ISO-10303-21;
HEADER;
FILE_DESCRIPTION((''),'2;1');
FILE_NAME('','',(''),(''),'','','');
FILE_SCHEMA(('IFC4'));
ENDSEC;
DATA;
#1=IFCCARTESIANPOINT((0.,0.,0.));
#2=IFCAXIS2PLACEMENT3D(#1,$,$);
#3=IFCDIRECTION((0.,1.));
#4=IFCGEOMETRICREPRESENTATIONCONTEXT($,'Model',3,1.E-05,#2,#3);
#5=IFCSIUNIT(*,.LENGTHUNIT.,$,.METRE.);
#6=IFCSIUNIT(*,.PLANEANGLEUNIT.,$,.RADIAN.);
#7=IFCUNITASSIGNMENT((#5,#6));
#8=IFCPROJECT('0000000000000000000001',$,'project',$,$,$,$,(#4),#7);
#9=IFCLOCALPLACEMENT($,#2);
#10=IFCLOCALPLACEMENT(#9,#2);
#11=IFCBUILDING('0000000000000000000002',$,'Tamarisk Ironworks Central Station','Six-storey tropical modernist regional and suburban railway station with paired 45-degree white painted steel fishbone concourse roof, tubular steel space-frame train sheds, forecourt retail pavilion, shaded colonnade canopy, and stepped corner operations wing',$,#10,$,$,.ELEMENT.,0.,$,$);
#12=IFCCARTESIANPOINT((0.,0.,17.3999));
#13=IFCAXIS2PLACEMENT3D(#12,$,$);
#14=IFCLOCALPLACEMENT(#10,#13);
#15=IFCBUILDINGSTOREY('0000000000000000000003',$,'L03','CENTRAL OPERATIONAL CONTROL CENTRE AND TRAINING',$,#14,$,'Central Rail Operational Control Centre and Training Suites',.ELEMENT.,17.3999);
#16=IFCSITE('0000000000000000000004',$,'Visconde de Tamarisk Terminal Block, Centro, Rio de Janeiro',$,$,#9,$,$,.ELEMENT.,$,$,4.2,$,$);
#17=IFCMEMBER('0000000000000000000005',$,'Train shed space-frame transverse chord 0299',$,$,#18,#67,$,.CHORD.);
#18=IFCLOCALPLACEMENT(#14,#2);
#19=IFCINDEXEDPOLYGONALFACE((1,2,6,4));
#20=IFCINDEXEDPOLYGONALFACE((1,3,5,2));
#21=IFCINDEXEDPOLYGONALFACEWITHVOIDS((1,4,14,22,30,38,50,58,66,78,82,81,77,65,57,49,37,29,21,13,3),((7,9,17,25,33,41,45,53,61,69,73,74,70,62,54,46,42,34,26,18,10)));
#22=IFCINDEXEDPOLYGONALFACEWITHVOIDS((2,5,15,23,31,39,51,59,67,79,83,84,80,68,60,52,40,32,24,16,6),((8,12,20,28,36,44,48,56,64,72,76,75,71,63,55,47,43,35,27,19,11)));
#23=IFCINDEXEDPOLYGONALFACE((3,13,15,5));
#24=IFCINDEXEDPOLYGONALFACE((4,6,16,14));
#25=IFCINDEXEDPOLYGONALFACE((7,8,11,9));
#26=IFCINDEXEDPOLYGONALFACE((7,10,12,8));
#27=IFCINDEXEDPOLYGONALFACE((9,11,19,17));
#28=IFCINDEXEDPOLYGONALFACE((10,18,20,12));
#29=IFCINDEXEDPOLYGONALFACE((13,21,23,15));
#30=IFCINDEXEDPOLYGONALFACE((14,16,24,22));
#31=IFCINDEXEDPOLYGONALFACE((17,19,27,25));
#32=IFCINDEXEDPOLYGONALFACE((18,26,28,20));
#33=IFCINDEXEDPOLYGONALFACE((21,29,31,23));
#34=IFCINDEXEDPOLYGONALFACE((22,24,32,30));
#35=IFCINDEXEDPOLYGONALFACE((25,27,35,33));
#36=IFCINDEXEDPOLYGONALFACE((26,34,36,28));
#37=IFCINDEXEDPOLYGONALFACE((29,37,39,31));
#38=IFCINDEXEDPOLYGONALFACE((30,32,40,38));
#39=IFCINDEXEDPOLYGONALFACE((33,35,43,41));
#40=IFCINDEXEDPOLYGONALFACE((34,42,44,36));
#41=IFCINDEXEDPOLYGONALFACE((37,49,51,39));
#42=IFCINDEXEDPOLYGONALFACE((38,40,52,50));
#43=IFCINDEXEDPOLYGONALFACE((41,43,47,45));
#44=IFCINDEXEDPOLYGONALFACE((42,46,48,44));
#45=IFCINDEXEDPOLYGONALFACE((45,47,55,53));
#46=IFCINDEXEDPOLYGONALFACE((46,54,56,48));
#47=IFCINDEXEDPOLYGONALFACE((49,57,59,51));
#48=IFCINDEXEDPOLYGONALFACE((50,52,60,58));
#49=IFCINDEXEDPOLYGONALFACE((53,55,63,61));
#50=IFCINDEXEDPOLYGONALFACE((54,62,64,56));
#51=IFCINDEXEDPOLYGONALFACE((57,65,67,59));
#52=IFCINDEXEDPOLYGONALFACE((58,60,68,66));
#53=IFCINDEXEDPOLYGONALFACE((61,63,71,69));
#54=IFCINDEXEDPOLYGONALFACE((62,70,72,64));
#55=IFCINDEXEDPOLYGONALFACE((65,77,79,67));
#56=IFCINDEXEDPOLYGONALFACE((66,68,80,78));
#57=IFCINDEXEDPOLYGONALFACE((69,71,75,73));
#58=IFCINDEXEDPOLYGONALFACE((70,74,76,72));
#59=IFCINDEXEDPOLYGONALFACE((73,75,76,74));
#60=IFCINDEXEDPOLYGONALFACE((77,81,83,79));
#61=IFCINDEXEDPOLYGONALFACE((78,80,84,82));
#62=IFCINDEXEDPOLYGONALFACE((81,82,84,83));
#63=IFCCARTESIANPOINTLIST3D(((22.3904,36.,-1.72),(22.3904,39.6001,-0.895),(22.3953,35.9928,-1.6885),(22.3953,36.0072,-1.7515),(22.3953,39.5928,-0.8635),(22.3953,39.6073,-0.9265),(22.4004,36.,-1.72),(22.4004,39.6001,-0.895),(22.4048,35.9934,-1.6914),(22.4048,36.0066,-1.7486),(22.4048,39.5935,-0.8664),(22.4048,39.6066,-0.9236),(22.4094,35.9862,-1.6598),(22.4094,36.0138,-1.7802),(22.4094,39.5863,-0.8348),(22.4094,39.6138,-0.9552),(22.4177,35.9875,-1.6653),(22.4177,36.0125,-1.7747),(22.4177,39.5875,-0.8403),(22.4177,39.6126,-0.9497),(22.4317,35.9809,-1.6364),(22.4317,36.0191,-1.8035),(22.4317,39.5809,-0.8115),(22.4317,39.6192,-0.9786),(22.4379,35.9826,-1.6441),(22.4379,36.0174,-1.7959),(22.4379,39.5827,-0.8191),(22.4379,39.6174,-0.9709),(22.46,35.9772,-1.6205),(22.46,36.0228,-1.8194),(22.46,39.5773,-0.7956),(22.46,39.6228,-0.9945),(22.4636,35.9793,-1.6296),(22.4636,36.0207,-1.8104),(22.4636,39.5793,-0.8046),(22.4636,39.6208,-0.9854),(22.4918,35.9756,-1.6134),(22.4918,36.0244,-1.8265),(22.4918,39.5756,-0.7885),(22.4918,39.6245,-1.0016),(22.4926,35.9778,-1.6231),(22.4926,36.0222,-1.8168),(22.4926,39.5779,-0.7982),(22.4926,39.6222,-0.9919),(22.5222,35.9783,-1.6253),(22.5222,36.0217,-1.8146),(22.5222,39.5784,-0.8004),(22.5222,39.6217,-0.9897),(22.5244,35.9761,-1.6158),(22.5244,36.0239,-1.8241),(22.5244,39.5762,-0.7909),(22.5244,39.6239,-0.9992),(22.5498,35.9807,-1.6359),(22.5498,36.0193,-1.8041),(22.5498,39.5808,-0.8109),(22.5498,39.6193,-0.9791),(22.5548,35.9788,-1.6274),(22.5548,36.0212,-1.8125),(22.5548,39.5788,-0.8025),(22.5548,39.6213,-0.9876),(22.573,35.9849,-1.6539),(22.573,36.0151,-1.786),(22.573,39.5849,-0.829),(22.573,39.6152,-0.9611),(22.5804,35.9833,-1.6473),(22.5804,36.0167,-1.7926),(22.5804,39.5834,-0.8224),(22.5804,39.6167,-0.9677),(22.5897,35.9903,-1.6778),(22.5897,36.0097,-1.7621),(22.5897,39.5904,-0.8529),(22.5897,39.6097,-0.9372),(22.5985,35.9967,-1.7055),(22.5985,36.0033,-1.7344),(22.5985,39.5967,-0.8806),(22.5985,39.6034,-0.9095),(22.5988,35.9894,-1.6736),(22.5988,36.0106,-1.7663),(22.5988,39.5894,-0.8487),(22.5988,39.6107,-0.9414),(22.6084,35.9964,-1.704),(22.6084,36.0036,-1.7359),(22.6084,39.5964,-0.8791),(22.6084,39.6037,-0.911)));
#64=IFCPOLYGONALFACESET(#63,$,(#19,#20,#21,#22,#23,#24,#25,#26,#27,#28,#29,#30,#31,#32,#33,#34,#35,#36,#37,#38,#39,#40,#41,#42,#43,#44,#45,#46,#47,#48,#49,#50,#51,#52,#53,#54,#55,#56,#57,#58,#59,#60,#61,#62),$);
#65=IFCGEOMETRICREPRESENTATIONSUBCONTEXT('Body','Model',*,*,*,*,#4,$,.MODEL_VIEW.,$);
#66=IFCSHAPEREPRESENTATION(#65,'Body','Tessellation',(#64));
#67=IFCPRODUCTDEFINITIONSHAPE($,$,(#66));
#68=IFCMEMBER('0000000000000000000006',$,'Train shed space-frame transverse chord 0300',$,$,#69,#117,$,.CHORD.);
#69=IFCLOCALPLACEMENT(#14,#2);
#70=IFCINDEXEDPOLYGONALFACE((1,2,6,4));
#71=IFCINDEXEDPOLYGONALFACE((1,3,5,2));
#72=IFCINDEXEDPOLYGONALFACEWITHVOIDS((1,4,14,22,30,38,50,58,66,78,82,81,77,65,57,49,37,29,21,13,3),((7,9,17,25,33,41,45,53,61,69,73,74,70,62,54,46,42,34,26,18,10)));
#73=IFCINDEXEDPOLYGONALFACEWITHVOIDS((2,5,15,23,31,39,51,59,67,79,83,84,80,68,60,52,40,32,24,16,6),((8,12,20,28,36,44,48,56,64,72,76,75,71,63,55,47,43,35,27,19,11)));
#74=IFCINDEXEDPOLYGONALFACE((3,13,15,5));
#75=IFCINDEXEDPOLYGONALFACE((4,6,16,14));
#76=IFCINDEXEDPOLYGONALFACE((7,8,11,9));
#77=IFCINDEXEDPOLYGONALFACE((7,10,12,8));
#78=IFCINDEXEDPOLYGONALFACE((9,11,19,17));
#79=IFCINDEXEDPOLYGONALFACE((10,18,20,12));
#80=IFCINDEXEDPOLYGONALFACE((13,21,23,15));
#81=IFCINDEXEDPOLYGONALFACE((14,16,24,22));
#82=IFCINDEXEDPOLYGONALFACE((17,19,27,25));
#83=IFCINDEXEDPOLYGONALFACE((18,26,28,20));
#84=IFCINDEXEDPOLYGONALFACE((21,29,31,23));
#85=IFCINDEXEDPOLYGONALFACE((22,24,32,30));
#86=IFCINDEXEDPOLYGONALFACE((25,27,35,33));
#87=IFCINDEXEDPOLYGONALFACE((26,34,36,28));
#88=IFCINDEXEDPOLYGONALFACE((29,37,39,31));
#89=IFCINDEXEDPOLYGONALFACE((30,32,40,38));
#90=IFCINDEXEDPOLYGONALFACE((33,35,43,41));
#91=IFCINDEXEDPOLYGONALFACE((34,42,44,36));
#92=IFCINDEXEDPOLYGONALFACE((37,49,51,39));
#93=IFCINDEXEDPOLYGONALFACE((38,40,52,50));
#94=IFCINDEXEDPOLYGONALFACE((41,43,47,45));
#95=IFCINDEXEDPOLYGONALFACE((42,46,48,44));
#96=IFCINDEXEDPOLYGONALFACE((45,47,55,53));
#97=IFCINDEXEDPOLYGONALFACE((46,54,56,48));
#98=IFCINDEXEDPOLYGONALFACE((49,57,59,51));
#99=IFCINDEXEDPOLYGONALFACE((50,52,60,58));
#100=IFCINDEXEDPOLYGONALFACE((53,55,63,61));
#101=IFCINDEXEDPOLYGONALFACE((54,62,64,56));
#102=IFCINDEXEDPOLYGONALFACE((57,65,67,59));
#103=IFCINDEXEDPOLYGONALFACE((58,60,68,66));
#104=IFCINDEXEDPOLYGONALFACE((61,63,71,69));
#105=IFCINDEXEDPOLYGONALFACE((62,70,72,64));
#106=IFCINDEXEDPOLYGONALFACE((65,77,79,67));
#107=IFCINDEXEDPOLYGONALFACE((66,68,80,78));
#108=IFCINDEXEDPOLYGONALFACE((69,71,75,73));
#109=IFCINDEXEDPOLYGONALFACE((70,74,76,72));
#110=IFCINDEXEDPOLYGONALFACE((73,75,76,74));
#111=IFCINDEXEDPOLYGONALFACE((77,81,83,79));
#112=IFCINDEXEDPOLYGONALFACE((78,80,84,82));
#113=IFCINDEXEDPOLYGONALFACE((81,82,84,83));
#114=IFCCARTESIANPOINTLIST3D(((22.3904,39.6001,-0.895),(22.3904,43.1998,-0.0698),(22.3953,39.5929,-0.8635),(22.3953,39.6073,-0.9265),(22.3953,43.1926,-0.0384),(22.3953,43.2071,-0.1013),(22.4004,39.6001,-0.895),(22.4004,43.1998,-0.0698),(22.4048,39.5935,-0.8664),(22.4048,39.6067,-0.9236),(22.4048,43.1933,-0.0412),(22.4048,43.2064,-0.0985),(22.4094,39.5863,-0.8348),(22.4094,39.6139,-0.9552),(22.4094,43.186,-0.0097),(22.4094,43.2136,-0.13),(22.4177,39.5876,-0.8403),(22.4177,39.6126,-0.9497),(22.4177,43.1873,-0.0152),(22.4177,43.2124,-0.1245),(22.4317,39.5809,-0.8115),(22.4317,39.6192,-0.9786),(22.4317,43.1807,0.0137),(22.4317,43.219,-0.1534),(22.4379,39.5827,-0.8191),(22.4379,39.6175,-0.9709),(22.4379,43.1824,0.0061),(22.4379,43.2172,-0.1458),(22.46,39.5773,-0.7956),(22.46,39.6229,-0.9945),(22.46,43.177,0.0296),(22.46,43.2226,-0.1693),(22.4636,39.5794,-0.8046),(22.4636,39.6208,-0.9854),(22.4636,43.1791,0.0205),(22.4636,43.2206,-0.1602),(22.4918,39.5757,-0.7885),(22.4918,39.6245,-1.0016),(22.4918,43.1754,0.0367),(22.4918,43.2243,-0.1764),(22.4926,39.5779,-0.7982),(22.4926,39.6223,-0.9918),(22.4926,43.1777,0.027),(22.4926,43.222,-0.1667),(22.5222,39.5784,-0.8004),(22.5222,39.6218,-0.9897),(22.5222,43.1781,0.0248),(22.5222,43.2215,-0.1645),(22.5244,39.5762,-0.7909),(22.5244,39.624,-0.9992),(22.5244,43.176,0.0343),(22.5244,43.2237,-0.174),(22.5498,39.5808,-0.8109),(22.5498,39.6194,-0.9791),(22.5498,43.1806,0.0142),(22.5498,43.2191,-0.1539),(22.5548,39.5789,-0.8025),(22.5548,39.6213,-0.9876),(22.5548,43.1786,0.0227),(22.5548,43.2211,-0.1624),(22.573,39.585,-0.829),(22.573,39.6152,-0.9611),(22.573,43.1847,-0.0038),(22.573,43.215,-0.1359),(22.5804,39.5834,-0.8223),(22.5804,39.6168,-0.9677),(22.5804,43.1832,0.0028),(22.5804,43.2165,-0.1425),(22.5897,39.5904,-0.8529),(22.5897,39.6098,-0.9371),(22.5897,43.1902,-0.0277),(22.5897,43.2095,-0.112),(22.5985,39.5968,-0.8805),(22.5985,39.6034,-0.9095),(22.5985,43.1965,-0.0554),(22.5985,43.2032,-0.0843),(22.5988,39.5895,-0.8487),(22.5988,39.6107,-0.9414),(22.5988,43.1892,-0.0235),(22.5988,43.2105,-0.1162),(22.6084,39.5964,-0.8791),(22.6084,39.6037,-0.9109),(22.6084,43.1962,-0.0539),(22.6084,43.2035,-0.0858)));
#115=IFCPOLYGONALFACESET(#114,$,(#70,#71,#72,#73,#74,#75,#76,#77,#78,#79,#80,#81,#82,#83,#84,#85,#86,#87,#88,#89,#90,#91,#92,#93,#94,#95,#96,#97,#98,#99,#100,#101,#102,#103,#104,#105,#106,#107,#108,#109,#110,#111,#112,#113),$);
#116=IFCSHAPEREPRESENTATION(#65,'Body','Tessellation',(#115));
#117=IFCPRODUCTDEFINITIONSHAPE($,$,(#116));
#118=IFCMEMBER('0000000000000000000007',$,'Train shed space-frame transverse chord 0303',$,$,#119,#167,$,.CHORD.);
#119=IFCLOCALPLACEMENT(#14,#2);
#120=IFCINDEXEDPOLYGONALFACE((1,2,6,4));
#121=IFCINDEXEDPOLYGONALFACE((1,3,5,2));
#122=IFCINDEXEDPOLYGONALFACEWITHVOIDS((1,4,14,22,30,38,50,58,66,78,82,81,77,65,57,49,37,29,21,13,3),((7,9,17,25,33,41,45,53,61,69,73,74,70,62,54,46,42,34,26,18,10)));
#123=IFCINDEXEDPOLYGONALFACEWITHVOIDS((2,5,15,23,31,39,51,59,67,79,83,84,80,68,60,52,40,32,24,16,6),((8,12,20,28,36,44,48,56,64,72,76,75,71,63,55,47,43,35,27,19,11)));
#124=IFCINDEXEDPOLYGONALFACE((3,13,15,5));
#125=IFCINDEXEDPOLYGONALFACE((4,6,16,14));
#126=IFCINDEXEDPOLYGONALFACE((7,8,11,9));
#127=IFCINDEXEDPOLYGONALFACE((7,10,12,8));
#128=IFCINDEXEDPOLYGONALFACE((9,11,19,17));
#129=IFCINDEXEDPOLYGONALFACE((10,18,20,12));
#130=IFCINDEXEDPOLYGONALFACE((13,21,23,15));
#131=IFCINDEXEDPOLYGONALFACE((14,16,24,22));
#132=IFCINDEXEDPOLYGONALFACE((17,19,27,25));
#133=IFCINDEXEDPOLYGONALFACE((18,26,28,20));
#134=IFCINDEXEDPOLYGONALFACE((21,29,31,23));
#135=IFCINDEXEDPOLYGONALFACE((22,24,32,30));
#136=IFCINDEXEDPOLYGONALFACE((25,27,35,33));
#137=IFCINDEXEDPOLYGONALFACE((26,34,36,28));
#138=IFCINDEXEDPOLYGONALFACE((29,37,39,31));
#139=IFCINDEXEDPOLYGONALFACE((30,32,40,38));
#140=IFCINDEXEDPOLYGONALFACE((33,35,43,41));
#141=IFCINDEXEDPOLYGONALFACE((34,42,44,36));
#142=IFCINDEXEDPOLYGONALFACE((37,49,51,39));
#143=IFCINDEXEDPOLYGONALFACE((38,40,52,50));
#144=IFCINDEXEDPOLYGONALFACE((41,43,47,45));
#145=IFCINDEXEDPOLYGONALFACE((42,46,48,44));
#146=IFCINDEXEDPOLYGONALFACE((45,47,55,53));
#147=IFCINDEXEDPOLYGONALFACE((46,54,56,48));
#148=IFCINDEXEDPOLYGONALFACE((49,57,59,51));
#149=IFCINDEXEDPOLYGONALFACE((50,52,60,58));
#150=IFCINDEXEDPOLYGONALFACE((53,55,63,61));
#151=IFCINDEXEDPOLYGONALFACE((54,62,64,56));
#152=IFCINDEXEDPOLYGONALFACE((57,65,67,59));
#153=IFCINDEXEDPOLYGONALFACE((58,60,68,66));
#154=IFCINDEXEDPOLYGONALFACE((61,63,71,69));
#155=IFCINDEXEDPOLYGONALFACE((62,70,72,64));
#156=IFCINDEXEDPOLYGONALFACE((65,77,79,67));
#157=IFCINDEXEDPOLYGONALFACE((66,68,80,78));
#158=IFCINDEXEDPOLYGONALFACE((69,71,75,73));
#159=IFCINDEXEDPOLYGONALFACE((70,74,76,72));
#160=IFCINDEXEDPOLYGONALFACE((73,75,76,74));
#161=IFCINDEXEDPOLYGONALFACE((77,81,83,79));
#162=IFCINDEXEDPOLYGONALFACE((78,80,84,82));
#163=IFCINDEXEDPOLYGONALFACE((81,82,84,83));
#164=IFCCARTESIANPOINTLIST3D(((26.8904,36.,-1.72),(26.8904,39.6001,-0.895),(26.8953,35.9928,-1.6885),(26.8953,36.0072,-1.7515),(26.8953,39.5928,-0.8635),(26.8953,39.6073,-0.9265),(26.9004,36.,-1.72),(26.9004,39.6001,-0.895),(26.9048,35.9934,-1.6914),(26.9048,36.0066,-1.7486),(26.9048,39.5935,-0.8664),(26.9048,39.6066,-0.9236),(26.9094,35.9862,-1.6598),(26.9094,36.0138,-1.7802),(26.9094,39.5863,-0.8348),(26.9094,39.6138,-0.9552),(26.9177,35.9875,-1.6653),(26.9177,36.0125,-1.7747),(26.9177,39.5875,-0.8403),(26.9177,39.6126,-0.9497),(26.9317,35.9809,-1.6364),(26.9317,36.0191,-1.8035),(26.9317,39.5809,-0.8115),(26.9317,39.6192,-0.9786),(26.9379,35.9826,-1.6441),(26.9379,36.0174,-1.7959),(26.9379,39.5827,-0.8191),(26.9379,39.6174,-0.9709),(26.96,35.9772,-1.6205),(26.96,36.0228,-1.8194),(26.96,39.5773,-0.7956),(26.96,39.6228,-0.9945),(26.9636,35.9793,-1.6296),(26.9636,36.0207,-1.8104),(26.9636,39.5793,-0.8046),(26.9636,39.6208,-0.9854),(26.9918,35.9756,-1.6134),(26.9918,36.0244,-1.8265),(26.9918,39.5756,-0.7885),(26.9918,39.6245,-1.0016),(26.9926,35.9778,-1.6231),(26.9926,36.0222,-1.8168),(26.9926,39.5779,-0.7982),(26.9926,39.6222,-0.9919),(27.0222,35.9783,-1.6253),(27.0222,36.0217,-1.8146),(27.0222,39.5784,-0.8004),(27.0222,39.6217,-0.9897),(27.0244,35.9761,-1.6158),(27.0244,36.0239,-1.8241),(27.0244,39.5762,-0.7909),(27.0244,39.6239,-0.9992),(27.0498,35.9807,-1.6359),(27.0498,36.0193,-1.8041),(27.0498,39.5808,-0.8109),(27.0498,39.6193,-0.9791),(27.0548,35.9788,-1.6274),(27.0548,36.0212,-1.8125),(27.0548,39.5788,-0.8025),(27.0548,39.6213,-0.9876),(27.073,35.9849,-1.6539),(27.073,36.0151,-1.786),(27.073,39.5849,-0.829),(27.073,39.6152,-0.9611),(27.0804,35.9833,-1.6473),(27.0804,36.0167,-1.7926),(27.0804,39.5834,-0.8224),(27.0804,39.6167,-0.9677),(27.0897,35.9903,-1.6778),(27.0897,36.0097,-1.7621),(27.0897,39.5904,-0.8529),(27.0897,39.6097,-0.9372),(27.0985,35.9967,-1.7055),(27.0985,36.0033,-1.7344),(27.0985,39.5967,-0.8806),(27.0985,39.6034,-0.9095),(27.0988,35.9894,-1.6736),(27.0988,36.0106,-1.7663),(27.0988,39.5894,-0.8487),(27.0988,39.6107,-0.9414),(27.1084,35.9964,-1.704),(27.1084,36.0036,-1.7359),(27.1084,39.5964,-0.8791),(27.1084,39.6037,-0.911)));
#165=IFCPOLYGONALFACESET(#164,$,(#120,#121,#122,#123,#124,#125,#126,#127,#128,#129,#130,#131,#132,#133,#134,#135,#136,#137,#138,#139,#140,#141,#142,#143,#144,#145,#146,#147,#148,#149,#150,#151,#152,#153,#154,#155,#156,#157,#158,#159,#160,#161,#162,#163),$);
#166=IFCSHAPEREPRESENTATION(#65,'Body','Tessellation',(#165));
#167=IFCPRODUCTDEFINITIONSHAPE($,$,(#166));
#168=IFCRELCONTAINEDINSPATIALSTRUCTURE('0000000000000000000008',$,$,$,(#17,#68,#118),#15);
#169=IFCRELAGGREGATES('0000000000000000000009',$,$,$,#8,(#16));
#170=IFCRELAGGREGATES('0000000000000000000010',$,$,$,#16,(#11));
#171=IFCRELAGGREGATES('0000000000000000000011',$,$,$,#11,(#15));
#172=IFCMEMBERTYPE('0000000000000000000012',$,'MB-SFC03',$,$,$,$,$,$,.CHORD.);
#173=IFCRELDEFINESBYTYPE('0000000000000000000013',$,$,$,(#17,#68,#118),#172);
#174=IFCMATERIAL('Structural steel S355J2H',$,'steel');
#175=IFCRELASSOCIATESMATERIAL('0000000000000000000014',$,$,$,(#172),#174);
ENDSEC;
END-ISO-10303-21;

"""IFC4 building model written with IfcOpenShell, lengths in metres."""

from ifc_helpers import new_model, si_unit, direction, frame, origin, origin_2d, place, context, subcontext, project, spatial, hollow_circle, extrude, material, material_profile, profile_set, type_object, element, save


model = new_model("IFC4")

# Units and contexts
model_context = context("Model", 3, precision=1e-05, world=origin(), true_north=direction((0.0, 1.0)))
body_context = subcontext(model_context, "Body", "Model", "MODEL_VIEW")
ifc_project = project(units=[si_unit("LENGTHUNIT", "METRE"), si_unit("PLANEANGLEUNIT", "RADIAN")], contexts=[model_context])

# Site, building, storey
site_placement = place(None, origin())
site = spatial("IfcSite", under=ifc_project, at=site_placement, Name="Visconde de Tamarisk Terminal Block, Centro, Rio de Janeiro", CompositionType="ELEMENT", RefElevation=4.2)
building_placement = place(site_placement, origin())
building = spatial("IfcBuilding", under=site, at=building_placement, Name="Tamarisk Ironworks Central Station", Description="Six-storey tropical modernist regional and suburban railway station with paired 45-degree white painted steel fishbone concourse roof, tubular steel space-frame train sheds, forecourt retail pavilion, shaded colonnade canopy, and stepped corner operations wing", CompositionType="ELEMENT", ElevationOfRefHeight=0.0)
storey_placement = place(building_placement, frame((0.0, 0.0, 17.3999)))
storey = spatial("IfcBuildingStorey", under=building, at=storey_placement, Name="L03", Description="CENTRAL OPERATIONAL CONTROL CENTRE AND TRAINING", LongName="Central Rail Operational Control Centre and Training Suites", CompositionType="ELEMENT", Elevation=17.3999)

# Members
ifc_material_1 = material(Name="Structural steel S355J2H", Category="steel")
ifc_material_profile_1 = material_profile(ifc_material_1, hollow_circle(Radius=0.1096, WallThickness=0.01, at=origin_2d()), Name="CHS 219.1x10")
ifc_profile_set_1 = profile_set([ifc_material_profile_1], Name="Structural steel S355J2H")
member_type_1 = type_object("IfcMemberType", Name="MB-SFC03", PredefinedType="CHORD", material=ifc_profile_set_1)
member_1_placement = place(storey_placement, frame((22.5, 36.0, -1.72), z_axis=(0.0, 0.974737, 0.223358), x_axis=(-1.0, 0.0, 0.0)))
element("IfcMember", 1, at=member_1_placement, inside=storey, type_object=member_type_1, Name="Train shed space-frame transverse chord 0299", PredefinedType="CHORD", context=body_context, shape_type="SweptSolid", body=[
    extrude(hollow_circle(Radius=0.1096, WallThickness=0.01, at=origin_2d()), origin(), (0.0, 0.0, 1.0), 3.6934),
])
member_2_placement = place(storey_placement, frame((22.5, 39.6001, -0.895), z_axis=(0.0, 0.974719, 0.223435), x_axis=(-1.0, 0.0, 0.0)))
element("IfcMember", 2, at=member_2_placement, inside=storey, type_object=member_type_1, Name="Train shed space-frame transverse chord 0300", PredefinedType="CHORD", context=body_context, shape_type="SweptSolid", body=[
    extrude(hollow_circle(Radius=0.1096, WallThickness=0.01, at=origin_2d()), origin(), (0.0, 0.0, 1.0), 3.6931),
])
member_3_placement = place(storey_placement, frame((27.0, 36.0, -1.72), z_axis=(0.0, 0.974737, 0.223358), x_axis=(-1.0, 0.0, 0.0)))
element("IfcMember", 3, at=member_3_placement, inside=storey, type_object=member_type_1, Name="Train shed space-frame transverse chord 0303", PredefinedType="CHORD", context=body_context, shape_type="SweptSolid", body=[
    extrude(hollow_circle(Radius=0.1096, WallThickness=0.01, at=origin_2d()), origin(), (0.0, 0.0, 1.0), 3.6934),
])

save(model, "model.ifc")
